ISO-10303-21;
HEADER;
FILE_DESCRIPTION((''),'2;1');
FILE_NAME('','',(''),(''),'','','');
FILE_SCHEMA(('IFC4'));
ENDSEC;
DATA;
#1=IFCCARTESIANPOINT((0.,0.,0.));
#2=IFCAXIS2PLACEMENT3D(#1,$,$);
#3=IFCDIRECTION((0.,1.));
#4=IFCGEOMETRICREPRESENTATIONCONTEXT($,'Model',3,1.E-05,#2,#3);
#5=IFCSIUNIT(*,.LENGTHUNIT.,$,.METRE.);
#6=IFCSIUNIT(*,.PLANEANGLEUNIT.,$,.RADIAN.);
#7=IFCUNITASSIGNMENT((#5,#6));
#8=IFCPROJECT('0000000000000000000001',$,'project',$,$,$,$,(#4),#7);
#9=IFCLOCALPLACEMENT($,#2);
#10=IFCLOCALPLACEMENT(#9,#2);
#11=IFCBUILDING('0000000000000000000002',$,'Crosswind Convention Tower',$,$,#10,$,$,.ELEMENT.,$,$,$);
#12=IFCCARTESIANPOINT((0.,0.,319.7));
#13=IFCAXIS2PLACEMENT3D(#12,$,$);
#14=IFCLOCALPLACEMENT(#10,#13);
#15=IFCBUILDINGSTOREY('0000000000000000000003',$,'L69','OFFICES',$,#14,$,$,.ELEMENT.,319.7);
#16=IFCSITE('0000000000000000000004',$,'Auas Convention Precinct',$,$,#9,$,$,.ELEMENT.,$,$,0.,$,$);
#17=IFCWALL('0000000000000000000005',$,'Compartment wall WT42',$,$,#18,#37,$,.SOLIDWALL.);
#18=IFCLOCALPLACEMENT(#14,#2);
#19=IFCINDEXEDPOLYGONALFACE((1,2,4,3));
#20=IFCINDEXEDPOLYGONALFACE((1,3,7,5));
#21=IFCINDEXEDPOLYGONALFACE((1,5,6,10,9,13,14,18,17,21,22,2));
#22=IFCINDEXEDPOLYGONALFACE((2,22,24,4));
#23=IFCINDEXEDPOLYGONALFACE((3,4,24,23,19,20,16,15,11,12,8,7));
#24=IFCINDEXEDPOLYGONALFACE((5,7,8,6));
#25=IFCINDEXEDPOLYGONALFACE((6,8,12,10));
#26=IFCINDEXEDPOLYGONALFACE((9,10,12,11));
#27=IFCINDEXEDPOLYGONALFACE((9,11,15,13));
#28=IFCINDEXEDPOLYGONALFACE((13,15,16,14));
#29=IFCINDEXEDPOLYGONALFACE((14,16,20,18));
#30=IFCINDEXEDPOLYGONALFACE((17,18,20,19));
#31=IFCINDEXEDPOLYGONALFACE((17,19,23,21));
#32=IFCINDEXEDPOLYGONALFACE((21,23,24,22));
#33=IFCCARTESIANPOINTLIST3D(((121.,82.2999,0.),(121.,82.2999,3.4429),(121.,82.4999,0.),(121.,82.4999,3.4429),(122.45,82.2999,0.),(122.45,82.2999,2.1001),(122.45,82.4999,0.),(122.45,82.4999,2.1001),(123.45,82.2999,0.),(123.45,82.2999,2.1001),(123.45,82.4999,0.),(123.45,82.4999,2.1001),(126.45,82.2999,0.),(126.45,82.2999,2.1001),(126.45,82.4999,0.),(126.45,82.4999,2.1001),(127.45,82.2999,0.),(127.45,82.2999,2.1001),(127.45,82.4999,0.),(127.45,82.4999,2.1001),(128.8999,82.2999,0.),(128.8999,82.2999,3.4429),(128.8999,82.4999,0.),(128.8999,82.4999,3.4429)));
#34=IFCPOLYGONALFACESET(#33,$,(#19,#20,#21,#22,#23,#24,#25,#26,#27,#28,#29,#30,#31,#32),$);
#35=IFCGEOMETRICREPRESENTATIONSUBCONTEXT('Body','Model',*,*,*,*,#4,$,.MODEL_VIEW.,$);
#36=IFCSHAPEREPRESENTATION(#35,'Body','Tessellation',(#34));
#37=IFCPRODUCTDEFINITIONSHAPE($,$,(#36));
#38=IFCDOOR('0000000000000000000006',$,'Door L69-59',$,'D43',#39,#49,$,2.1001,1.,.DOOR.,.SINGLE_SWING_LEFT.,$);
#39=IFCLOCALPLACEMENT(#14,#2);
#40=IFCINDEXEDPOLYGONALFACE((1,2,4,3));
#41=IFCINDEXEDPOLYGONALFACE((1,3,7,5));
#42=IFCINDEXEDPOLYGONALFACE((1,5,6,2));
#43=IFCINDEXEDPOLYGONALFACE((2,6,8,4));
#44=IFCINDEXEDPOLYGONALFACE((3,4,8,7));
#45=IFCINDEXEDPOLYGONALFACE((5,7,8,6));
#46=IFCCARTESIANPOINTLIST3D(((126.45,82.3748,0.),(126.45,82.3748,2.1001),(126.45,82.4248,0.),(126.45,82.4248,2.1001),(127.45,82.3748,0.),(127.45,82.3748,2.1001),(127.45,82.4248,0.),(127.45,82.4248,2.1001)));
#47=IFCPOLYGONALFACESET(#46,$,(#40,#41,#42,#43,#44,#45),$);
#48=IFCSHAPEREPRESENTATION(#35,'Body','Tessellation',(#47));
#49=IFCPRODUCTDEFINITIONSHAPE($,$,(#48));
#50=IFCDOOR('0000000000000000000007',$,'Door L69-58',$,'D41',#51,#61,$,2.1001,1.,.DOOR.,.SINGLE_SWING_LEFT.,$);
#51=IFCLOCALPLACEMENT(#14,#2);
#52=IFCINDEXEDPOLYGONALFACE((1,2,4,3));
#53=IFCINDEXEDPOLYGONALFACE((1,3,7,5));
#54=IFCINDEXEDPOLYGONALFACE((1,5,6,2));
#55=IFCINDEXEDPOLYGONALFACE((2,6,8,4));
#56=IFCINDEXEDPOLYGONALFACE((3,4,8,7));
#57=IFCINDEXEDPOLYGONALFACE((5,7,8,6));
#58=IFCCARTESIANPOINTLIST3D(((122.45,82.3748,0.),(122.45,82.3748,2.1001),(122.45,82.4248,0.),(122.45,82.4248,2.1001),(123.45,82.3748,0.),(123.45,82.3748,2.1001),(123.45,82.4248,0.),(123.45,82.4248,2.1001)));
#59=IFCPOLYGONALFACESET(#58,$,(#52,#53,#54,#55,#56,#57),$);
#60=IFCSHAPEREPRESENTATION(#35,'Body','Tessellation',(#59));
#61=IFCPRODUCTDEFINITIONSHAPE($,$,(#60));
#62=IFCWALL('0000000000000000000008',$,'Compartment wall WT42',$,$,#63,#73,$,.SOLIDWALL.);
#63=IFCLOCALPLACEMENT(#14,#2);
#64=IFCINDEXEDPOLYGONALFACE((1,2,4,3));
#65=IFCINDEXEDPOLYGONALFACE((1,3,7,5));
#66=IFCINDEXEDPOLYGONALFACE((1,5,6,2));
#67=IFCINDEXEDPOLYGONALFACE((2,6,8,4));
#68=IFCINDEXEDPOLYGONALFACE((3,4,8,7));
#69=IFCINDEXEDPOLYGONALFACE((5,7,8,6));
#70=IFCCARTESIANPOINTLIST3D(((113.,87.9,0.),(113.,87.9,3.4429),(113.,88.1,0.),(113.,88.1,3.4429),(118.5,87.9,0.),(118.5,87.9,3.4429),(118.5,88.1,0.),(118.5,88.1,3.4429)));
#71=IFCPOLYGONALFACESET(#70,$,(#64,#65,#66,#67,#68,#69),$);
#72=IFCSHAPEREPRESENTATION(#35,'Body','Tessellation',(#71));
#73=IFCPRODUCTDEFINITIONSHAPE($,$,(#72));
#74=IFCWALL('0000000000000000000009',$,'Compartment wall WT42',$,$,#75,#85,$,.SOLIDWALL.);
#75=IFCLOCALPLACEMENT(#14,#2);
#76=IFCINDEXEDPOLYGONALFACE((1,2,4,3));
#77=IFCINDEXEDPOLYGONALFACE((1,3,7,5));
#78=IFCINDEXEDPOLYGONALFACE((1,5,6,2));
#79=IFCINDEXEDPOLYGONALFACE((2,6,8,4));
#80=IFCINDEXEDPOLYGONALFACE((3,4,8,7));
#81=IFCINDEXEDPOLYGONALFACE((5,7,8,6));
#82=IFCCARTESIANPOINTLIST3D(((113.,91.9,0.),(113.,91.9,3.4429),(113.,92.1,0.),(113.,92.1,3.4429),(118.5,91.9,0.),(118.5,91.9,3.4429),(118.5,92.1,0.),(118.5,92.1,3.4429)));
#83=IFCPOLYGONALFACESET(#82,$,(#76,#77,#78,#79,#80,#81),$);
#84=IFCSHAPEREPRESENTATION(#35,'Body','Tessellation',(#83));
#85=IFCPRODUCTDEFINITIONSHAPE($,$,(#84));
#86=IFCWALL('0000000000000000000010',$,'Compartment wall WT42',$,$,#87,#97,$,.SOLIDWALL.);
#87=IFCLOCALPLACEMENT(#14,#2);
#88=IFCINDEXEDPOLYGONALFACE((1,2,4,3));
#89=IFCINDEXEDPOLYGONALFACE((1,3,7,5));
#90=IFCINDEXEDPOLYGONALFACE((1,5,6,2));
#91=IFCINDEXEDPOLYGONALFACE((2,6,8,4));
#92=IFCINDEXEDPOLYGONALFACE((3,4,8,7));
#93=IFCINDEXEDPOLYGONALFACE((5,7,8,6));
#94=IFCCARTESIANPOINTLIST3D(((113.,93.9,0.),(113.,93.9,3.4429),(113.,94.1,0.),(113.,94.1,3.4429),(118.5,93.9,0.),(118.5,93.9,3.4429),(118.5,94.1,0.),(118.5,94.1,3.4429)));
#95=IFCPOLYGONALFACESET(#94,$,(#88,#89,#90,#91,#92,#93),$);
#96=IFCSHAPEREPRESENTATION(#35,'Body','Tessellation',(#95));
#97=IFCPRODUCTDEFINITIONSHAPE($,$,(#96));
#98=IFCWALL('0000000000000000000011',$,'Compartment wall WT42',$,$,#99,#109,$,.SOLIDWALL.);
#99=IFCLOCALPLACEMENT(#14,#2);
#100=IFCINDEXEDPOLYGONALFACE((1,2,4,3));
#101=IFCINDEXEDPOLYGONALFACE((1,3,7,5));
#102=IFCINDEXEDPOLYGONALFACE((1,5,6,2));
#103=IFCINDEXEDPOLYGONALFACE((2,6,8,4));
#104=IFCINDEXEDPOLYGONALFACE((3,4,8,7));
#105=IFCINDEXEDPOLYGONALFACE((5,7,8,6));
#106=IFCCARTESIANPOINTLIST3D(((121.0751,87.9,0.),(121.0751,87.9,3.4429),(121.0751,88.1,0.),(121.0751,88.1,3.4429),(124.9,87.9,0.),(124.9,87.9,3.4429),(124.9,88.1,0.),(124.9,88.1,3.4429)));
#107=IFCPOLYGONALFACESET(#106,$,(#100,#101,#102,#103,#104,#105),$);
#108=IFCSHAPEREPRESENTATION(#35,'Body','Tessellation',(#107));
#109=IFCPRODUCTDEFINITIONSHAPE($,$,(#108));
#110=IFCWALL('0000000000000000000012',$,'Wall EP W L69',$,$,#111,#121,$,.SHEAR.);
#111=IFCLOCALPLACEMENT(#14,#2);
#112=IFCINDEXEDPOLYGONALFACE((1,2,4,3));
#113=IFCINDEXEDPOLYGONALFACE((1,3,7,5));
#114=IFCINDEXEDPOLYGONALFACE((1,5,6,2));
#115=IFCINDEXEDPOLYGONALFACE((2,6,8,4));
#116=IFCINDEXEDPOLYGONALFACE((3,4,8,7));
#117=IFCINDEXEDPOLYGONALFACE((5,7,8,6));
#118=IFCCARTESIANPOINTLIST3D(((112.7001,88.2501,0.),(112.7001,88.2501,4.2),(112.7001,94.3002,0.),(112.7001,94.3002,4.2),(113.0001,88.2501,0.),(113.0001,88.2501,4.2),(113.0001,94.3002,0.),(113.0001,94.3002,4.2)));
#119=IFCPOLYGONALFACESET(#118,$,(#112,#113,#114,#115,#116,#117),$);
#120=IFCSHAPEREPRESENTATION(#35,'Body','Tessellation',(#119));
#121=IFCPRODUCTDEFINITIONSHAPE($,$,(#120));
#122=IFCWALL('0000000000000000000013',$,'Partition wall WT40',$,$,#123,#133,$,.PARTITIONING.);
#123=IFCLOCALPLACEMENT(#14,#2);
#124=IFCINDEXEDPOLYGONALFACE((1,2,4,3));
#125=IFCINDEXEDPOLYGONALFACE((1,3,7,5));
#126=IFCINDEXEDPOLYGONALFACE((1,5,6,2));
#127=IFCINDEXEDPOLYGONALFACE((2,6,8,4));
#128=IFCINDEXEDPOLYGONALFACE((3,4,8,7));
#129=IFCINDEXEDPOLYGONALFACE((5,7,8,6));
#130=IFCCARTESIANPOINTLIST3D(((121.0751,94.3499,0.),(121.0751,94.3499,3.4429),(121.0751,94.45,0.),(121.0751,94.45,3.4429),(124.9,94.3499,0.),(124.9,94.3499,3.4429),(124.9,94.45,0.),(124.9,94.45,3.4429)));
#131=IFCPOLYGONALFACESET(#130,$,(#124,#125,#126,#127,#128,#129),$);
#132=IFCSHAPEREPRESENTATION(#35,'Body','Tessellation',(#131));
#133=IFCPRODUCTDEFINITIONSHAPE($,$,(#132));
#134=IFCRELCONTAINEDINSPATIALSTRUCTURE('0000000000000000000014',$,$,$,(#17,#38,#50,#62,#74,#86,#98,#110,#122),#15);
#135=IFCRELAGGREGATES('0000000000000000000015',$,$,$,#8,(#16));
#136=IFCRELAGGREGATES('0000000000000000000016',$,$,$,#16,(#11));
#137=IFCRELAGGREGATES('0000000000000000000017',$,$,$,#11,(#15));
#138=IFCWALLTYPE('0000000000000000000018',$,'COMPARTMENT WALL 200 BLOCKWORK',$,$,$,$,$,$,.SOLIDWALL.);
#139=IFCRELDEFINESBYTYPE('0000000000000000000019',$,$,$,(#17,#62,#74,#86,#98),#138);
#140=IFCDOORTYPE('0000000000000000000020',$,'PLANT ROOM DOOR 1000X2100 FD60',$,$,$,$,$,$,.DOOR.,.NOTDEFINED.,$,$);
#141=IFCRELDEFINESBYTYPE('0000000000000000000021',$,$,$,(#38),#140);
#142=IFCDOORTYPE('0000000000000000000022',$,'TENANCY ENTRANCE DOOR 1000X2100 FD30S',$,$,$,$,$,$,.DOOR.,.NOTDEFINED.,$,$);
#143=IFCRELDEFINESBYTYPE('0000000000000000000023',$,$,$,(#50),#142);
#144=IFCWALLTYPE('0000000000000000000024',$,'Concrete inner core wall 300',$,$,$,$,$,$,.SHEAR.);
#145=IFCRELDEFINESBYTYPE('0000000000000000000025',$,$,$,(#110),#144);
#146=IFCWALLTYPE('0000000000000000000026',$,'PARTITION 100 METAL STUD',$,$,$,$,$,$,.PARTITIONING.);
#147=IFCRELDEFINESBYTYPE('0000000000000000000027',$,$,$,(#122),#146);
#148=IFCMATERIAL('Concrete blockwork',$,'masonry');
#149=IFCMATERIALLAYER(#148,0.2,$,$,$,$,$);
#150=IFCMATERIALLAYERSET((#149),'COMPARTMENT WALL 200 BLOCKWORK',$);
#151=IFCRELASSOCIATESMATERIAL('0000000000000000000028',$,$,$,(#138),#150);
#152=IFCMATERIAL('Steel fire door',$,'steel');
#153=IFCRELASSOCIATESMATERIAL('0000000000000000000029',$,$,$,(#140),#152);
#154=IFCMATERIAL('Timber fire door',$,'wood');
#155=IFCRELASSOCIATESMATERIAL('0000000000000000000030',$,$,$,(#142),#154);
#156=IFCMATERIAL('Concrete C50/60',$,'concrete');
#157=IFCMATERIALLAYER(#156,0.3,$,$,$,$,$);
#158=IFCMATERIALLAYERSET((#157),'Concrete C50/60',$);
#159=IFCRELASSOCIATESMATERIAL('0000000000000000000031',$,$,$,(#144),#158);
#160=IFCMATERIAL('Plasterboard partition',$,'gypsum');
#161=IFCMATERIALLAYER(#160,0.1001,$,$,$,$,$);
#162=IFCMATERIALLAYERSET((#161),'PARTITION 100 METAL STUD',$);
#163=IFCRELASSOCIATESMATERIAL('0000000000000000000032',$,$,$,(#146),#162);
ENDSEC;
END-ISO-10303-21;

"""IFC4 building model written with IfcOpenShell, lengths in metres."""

from ifc_helpers import new_model, si_unit, direction, frame, frame_2d, origin, place, context, subcontext, project, spatial, rectangle, extrude, material, layer, layer_set, type_object, element, fill, save


model = new_model("IFC4")

# Units and contexts
model_context = context("Model", 3, precision=1e-05, world=origin(), true_north=direction((0.0, 1.0)))
body_context = subcontext(model_context, "Body", "Model", "MODEL_VIEW")
ifc_project = project(units=[si_unit("LENGTHUNIT", "METRE"), si_unit("PLANEANGLEUNIT", "RADIAN")], contexts=[model_context])

# Site, building, storey
site_placement = place(None, origin())
site = spatial("IfcSite", under=ifc_project, at=site_placement, Name="Auas Convention Precinct", CompositionType="ELEMENT", RefElevation=0.0)
building_placement = place(site_placement, origin())
building = spatial("IfcBuilding", under=site, at=building_placement, Name="Crosswind Convention Tower", CompositionType="ELEMENT")
storey_placement = place(building_placement, frame((0.0, 0.0, 319.7)))
storey = spatial("IfcBuildingStorey", under=building, at=storey_placement, Name="L69", Description="OFFICES", CompositionType="ELEMENT", Elevation=319.7)

# Wall, openings, doors
ifc_material_1 = material(Name="Concrete blockwork", Category="masonry")
ifc_layer_1 = layer(ifc_material_1, 0.2)
ifc_layer_set_1 = layer_set([ifc_layer_1], Name="COMPARTMENT WALL 200 BLOCKWORK")
wall_type_1 = type_object("IfcWallType", Name="COMPARTMENT WALL 200 BLOCKWORK", PredefinedType="SOLIDWALL", material=ifc_layer_set_1)
wall_1_placement = place(storey_placement, frame((121.0, 82.3999, 0.0), z_axis=(0.0, 0.0, 1.0), x_axis=(1.0, 0.0, 0.0)))
wall_1 = element("IfcWall", 1, at=wall_1_placement, inside=storey, type_object=wall_type_1, Name="Compartment wall WT42", PredefinedType="SOLIDWALL", context=body_context, shape_type="SweptSolid", body=[
    extrude(rectangle(XDim=7.8999, YDim=0.2, at=frame_2d((3.95, 0.0))), origin(), (0.0, 0.0, 1.0), 3.4429),
])
opening_1_placement = place(wall_1_placement, frame((1.45, 0.0, 0.0)))
opening_1 = element("IfcOpeningElement", 2, at=opening_1_placement, cuts=wall_1, PredefinedType="OPENING", context=body_context, shape_type="SweptSolid", body=[
    extrude(rectangle(XDim=1.0, YDim=2.1001, at=frame_2d((0.5, 1.05))), frame((0.0, 0.1099, 0.0), z_axis=(0.0, -1.0, 0.0), x_axis=(1.0, 0.0, 0.0)), (0.0, 0.0, 1.0), 0.22),
])
opening_2_placement = place(wall_1_placement, frame((5.45, 0.0, 0.0)))
opening_2 = element("IfcOpeningElement", 3, at=opening_2_placement, cuts=wall_1, PredefinedType="OPENING", context=body_context, shape_type="SweptSolid", body=[
    extrude(rectangle(XDim=1.0, YDim=2.1001, at=frame_2d((0.5, 1.05))), frame((0.0, 0.1099, 0.0), z_axis=(0.0, -1.0, 0.0), x_axis=(1.0, 0.0, 0.0)), (0.0, 0.0, 1.0), 0.22),
])
ifc_material_2 = material(Name="Steel fire door", Category="steel")
door_type_1 = type_object("IfcDoorType", Name="PLANT ROOM DOOR 1000X2100 FD60", OperationType="NOTDEFINED", PredefinedType="DOOR", material=ifc_material_2)
door_1_placement = place(opening_2_placement, origin())
door_1 = element("IfcDoor", 4, at=door_1_placement, inside=storey, type_object=door_type_1, Name="Door L69-59", ObjectType="D43", OperationType="SINGLE_SWING_LEFT", OverallHeight=2.1001, OverallWidth=1.0, PredefinedType="DOOR", context=body_context, shape_type="SweptSolid", body=[
    extrude(rectangle(XDim=1.0, YDim=2.1001, at=frame_2d((0.5, 1.05))), frame((0.0, 0.0249, 0.0), z_axis=(0.0, -1.0, 0.0), x_axis=(1.0, 0.0, 0.0)), (0.0, 0.0, 1.0), 0.05),
])
fill(opening_2, door_1)
ifc_material_3 = material(Name="Timber fire door", Category="wood")
door_type_2 = type_object("IfcDoorType", Name="TENANCY ENTRANCE DOOR 1000X2100 FD30S", OperationType="NOTDEFINED", PredefinedType="DOOR", material=ifc_material_3)
door_2_placement = place(opening_1_placement, origin())
door_2 = element("IfcDoor", 5, at=door_2_placement, inside=storey, type_object=door_type_2, Name="Door L69-58", ObjectType="D41", OperationType="SINGLE_SWING_LEFT", OverallHeight=2.1001, OverallWidth=1.0, PredefinedType="DOOR", context=body_context, shape_type="SweptSolid", body=[
    extrude(rectangle(XDim=1.0, YDim=2.1001, at=frame_2d((0.5, 1.05))), frame((0.0, 0.0249, 0.0), z_axis=(0.0, -1.0, 0.0), x_axis=(1.0, 0.0, 0.0)), (0.0, 0.0, 1.0), 0.05),
])
fill(opening_1, door_2)

# Walls
for number, where, z_axis, x_axis, name in (
    (6, (113.0, 88.0, 0.0), (0.0, 0.0, 1.0), (1.0, 0.0, 0.0), "Compartment wall WT42"),
    (7, (113.0, 92.0, 0.0), (0.0, 0.0, 1.0), (1.0, 0.0, 0.0), "Compartment wall WT42"),
    (8, (113.0, 94.0, 0.0), (0.0, 0.0, 1.0), (1.0, 0.0, 0.0), "Compartment wall WT42"),
):
    element("IfcWall", number, at=place(storey_placement, frame(where, z_axis=z_axis, x_axis=x_axis)), inside=storey, type_object=wall_type_1, Name=name, PredefinedType="SOLIDWALL", context=body_context, shape_type="SweptSolid", body=[
        extrude(rectangle(XDim=5.5, YDim=0.2, at=frame_2d((2.75, 0.0))), origin(), (0.0, 0.0, 1.0), 3.4429),
    ])
wall_2_placement = place(storey_placement, frame((121.075, 88.0, 0.0), z_axis=(0.0, 0.0, 1.0), x_axis=(1.0, 0.0, 0.0)))
element("IfcWall", 9, at=wall_2_placement, inside=storey, type_object=wall_type_1, Name="Compartment wall WT42", PredefinedType="SOLIDWALL", context=body_context, shape_type="SweptSolid", body=[
    extrude(rectangle(XDim=3.825, YDim=0.2, at=frame_2d((1.9126, 0.0))), origin(), (0.0, 0.0, 1.0), 3.4429),
])
ifc_material_4 = material(Name="Concrete C50/60", Category="concrete")
ifc_layer_2 = layer(ifc_material_4, 0.3)
ifc_layer_set_2 = layer_set([ifc_layer_2], Name="Concrete C50/60")
wall_type_2 = type_object("IfcWallType", Name="Concrete inner core wall 300", PredefinedType="SHEAR", material=ifc_layer_set_2)
wall_3_placement = place(storey_placement, frame((112.8501, 94.3, 0.0), z_axis=(0.0, 0.0, 1.0), x_axis=(0.0, -1.0, 0.0)))
element("IfcWall", 10, at=wall_3_placement, inside=storey, type_object=wall_type_2, Name="Wall EP W L69", PredefinedType="SHEAR", context=body_context, shape_type="SweptSolid", body=[
    extrude(rectangle(XDim=6.05, YDim=0.3, at=frame_2d((3.0249, 0.0))), origin(), (0.0, 0.0, 1.0), 4.2),
])
ifc_material_5 = material(Name="Plasterboard partition", Category="gypsum")
ifc_layer_3 = layer(ifc_material_5, 0.1001)
ifc_layer_set_3 = layer_set([ifc_layer_3], Name="PARTITION 100 METAL STUD")
wall_type_3 = type_object("IfcWallType", Name="PARTITION 100 METAL STUD", PredefinedType="PARTITIONING", material=ifc_layer_set_3)
wall_4_placement = place(storey_placement, frame((121.075, 94.3999, 0.0), z_axis=(0.0, 0.0, 1.0), x_axis=(1.0, 0.0, 0.0)))
element("IfcWall", 11, at=wall_4_placement, inside=storey, type_object=wall_type_3, Name="Partition wall WT40", PredefinedType="PARTITIONING", context=body_context, shape_type="SweptSolid", body=[
    extrude(rectangle(XDim=3.825, YDim=0.1001, at=frame_2d((1.9126, 0.0))), origin(), (0.0, 0.0, 1.0), 3.4429),
])

save(model, "model.ifc")
